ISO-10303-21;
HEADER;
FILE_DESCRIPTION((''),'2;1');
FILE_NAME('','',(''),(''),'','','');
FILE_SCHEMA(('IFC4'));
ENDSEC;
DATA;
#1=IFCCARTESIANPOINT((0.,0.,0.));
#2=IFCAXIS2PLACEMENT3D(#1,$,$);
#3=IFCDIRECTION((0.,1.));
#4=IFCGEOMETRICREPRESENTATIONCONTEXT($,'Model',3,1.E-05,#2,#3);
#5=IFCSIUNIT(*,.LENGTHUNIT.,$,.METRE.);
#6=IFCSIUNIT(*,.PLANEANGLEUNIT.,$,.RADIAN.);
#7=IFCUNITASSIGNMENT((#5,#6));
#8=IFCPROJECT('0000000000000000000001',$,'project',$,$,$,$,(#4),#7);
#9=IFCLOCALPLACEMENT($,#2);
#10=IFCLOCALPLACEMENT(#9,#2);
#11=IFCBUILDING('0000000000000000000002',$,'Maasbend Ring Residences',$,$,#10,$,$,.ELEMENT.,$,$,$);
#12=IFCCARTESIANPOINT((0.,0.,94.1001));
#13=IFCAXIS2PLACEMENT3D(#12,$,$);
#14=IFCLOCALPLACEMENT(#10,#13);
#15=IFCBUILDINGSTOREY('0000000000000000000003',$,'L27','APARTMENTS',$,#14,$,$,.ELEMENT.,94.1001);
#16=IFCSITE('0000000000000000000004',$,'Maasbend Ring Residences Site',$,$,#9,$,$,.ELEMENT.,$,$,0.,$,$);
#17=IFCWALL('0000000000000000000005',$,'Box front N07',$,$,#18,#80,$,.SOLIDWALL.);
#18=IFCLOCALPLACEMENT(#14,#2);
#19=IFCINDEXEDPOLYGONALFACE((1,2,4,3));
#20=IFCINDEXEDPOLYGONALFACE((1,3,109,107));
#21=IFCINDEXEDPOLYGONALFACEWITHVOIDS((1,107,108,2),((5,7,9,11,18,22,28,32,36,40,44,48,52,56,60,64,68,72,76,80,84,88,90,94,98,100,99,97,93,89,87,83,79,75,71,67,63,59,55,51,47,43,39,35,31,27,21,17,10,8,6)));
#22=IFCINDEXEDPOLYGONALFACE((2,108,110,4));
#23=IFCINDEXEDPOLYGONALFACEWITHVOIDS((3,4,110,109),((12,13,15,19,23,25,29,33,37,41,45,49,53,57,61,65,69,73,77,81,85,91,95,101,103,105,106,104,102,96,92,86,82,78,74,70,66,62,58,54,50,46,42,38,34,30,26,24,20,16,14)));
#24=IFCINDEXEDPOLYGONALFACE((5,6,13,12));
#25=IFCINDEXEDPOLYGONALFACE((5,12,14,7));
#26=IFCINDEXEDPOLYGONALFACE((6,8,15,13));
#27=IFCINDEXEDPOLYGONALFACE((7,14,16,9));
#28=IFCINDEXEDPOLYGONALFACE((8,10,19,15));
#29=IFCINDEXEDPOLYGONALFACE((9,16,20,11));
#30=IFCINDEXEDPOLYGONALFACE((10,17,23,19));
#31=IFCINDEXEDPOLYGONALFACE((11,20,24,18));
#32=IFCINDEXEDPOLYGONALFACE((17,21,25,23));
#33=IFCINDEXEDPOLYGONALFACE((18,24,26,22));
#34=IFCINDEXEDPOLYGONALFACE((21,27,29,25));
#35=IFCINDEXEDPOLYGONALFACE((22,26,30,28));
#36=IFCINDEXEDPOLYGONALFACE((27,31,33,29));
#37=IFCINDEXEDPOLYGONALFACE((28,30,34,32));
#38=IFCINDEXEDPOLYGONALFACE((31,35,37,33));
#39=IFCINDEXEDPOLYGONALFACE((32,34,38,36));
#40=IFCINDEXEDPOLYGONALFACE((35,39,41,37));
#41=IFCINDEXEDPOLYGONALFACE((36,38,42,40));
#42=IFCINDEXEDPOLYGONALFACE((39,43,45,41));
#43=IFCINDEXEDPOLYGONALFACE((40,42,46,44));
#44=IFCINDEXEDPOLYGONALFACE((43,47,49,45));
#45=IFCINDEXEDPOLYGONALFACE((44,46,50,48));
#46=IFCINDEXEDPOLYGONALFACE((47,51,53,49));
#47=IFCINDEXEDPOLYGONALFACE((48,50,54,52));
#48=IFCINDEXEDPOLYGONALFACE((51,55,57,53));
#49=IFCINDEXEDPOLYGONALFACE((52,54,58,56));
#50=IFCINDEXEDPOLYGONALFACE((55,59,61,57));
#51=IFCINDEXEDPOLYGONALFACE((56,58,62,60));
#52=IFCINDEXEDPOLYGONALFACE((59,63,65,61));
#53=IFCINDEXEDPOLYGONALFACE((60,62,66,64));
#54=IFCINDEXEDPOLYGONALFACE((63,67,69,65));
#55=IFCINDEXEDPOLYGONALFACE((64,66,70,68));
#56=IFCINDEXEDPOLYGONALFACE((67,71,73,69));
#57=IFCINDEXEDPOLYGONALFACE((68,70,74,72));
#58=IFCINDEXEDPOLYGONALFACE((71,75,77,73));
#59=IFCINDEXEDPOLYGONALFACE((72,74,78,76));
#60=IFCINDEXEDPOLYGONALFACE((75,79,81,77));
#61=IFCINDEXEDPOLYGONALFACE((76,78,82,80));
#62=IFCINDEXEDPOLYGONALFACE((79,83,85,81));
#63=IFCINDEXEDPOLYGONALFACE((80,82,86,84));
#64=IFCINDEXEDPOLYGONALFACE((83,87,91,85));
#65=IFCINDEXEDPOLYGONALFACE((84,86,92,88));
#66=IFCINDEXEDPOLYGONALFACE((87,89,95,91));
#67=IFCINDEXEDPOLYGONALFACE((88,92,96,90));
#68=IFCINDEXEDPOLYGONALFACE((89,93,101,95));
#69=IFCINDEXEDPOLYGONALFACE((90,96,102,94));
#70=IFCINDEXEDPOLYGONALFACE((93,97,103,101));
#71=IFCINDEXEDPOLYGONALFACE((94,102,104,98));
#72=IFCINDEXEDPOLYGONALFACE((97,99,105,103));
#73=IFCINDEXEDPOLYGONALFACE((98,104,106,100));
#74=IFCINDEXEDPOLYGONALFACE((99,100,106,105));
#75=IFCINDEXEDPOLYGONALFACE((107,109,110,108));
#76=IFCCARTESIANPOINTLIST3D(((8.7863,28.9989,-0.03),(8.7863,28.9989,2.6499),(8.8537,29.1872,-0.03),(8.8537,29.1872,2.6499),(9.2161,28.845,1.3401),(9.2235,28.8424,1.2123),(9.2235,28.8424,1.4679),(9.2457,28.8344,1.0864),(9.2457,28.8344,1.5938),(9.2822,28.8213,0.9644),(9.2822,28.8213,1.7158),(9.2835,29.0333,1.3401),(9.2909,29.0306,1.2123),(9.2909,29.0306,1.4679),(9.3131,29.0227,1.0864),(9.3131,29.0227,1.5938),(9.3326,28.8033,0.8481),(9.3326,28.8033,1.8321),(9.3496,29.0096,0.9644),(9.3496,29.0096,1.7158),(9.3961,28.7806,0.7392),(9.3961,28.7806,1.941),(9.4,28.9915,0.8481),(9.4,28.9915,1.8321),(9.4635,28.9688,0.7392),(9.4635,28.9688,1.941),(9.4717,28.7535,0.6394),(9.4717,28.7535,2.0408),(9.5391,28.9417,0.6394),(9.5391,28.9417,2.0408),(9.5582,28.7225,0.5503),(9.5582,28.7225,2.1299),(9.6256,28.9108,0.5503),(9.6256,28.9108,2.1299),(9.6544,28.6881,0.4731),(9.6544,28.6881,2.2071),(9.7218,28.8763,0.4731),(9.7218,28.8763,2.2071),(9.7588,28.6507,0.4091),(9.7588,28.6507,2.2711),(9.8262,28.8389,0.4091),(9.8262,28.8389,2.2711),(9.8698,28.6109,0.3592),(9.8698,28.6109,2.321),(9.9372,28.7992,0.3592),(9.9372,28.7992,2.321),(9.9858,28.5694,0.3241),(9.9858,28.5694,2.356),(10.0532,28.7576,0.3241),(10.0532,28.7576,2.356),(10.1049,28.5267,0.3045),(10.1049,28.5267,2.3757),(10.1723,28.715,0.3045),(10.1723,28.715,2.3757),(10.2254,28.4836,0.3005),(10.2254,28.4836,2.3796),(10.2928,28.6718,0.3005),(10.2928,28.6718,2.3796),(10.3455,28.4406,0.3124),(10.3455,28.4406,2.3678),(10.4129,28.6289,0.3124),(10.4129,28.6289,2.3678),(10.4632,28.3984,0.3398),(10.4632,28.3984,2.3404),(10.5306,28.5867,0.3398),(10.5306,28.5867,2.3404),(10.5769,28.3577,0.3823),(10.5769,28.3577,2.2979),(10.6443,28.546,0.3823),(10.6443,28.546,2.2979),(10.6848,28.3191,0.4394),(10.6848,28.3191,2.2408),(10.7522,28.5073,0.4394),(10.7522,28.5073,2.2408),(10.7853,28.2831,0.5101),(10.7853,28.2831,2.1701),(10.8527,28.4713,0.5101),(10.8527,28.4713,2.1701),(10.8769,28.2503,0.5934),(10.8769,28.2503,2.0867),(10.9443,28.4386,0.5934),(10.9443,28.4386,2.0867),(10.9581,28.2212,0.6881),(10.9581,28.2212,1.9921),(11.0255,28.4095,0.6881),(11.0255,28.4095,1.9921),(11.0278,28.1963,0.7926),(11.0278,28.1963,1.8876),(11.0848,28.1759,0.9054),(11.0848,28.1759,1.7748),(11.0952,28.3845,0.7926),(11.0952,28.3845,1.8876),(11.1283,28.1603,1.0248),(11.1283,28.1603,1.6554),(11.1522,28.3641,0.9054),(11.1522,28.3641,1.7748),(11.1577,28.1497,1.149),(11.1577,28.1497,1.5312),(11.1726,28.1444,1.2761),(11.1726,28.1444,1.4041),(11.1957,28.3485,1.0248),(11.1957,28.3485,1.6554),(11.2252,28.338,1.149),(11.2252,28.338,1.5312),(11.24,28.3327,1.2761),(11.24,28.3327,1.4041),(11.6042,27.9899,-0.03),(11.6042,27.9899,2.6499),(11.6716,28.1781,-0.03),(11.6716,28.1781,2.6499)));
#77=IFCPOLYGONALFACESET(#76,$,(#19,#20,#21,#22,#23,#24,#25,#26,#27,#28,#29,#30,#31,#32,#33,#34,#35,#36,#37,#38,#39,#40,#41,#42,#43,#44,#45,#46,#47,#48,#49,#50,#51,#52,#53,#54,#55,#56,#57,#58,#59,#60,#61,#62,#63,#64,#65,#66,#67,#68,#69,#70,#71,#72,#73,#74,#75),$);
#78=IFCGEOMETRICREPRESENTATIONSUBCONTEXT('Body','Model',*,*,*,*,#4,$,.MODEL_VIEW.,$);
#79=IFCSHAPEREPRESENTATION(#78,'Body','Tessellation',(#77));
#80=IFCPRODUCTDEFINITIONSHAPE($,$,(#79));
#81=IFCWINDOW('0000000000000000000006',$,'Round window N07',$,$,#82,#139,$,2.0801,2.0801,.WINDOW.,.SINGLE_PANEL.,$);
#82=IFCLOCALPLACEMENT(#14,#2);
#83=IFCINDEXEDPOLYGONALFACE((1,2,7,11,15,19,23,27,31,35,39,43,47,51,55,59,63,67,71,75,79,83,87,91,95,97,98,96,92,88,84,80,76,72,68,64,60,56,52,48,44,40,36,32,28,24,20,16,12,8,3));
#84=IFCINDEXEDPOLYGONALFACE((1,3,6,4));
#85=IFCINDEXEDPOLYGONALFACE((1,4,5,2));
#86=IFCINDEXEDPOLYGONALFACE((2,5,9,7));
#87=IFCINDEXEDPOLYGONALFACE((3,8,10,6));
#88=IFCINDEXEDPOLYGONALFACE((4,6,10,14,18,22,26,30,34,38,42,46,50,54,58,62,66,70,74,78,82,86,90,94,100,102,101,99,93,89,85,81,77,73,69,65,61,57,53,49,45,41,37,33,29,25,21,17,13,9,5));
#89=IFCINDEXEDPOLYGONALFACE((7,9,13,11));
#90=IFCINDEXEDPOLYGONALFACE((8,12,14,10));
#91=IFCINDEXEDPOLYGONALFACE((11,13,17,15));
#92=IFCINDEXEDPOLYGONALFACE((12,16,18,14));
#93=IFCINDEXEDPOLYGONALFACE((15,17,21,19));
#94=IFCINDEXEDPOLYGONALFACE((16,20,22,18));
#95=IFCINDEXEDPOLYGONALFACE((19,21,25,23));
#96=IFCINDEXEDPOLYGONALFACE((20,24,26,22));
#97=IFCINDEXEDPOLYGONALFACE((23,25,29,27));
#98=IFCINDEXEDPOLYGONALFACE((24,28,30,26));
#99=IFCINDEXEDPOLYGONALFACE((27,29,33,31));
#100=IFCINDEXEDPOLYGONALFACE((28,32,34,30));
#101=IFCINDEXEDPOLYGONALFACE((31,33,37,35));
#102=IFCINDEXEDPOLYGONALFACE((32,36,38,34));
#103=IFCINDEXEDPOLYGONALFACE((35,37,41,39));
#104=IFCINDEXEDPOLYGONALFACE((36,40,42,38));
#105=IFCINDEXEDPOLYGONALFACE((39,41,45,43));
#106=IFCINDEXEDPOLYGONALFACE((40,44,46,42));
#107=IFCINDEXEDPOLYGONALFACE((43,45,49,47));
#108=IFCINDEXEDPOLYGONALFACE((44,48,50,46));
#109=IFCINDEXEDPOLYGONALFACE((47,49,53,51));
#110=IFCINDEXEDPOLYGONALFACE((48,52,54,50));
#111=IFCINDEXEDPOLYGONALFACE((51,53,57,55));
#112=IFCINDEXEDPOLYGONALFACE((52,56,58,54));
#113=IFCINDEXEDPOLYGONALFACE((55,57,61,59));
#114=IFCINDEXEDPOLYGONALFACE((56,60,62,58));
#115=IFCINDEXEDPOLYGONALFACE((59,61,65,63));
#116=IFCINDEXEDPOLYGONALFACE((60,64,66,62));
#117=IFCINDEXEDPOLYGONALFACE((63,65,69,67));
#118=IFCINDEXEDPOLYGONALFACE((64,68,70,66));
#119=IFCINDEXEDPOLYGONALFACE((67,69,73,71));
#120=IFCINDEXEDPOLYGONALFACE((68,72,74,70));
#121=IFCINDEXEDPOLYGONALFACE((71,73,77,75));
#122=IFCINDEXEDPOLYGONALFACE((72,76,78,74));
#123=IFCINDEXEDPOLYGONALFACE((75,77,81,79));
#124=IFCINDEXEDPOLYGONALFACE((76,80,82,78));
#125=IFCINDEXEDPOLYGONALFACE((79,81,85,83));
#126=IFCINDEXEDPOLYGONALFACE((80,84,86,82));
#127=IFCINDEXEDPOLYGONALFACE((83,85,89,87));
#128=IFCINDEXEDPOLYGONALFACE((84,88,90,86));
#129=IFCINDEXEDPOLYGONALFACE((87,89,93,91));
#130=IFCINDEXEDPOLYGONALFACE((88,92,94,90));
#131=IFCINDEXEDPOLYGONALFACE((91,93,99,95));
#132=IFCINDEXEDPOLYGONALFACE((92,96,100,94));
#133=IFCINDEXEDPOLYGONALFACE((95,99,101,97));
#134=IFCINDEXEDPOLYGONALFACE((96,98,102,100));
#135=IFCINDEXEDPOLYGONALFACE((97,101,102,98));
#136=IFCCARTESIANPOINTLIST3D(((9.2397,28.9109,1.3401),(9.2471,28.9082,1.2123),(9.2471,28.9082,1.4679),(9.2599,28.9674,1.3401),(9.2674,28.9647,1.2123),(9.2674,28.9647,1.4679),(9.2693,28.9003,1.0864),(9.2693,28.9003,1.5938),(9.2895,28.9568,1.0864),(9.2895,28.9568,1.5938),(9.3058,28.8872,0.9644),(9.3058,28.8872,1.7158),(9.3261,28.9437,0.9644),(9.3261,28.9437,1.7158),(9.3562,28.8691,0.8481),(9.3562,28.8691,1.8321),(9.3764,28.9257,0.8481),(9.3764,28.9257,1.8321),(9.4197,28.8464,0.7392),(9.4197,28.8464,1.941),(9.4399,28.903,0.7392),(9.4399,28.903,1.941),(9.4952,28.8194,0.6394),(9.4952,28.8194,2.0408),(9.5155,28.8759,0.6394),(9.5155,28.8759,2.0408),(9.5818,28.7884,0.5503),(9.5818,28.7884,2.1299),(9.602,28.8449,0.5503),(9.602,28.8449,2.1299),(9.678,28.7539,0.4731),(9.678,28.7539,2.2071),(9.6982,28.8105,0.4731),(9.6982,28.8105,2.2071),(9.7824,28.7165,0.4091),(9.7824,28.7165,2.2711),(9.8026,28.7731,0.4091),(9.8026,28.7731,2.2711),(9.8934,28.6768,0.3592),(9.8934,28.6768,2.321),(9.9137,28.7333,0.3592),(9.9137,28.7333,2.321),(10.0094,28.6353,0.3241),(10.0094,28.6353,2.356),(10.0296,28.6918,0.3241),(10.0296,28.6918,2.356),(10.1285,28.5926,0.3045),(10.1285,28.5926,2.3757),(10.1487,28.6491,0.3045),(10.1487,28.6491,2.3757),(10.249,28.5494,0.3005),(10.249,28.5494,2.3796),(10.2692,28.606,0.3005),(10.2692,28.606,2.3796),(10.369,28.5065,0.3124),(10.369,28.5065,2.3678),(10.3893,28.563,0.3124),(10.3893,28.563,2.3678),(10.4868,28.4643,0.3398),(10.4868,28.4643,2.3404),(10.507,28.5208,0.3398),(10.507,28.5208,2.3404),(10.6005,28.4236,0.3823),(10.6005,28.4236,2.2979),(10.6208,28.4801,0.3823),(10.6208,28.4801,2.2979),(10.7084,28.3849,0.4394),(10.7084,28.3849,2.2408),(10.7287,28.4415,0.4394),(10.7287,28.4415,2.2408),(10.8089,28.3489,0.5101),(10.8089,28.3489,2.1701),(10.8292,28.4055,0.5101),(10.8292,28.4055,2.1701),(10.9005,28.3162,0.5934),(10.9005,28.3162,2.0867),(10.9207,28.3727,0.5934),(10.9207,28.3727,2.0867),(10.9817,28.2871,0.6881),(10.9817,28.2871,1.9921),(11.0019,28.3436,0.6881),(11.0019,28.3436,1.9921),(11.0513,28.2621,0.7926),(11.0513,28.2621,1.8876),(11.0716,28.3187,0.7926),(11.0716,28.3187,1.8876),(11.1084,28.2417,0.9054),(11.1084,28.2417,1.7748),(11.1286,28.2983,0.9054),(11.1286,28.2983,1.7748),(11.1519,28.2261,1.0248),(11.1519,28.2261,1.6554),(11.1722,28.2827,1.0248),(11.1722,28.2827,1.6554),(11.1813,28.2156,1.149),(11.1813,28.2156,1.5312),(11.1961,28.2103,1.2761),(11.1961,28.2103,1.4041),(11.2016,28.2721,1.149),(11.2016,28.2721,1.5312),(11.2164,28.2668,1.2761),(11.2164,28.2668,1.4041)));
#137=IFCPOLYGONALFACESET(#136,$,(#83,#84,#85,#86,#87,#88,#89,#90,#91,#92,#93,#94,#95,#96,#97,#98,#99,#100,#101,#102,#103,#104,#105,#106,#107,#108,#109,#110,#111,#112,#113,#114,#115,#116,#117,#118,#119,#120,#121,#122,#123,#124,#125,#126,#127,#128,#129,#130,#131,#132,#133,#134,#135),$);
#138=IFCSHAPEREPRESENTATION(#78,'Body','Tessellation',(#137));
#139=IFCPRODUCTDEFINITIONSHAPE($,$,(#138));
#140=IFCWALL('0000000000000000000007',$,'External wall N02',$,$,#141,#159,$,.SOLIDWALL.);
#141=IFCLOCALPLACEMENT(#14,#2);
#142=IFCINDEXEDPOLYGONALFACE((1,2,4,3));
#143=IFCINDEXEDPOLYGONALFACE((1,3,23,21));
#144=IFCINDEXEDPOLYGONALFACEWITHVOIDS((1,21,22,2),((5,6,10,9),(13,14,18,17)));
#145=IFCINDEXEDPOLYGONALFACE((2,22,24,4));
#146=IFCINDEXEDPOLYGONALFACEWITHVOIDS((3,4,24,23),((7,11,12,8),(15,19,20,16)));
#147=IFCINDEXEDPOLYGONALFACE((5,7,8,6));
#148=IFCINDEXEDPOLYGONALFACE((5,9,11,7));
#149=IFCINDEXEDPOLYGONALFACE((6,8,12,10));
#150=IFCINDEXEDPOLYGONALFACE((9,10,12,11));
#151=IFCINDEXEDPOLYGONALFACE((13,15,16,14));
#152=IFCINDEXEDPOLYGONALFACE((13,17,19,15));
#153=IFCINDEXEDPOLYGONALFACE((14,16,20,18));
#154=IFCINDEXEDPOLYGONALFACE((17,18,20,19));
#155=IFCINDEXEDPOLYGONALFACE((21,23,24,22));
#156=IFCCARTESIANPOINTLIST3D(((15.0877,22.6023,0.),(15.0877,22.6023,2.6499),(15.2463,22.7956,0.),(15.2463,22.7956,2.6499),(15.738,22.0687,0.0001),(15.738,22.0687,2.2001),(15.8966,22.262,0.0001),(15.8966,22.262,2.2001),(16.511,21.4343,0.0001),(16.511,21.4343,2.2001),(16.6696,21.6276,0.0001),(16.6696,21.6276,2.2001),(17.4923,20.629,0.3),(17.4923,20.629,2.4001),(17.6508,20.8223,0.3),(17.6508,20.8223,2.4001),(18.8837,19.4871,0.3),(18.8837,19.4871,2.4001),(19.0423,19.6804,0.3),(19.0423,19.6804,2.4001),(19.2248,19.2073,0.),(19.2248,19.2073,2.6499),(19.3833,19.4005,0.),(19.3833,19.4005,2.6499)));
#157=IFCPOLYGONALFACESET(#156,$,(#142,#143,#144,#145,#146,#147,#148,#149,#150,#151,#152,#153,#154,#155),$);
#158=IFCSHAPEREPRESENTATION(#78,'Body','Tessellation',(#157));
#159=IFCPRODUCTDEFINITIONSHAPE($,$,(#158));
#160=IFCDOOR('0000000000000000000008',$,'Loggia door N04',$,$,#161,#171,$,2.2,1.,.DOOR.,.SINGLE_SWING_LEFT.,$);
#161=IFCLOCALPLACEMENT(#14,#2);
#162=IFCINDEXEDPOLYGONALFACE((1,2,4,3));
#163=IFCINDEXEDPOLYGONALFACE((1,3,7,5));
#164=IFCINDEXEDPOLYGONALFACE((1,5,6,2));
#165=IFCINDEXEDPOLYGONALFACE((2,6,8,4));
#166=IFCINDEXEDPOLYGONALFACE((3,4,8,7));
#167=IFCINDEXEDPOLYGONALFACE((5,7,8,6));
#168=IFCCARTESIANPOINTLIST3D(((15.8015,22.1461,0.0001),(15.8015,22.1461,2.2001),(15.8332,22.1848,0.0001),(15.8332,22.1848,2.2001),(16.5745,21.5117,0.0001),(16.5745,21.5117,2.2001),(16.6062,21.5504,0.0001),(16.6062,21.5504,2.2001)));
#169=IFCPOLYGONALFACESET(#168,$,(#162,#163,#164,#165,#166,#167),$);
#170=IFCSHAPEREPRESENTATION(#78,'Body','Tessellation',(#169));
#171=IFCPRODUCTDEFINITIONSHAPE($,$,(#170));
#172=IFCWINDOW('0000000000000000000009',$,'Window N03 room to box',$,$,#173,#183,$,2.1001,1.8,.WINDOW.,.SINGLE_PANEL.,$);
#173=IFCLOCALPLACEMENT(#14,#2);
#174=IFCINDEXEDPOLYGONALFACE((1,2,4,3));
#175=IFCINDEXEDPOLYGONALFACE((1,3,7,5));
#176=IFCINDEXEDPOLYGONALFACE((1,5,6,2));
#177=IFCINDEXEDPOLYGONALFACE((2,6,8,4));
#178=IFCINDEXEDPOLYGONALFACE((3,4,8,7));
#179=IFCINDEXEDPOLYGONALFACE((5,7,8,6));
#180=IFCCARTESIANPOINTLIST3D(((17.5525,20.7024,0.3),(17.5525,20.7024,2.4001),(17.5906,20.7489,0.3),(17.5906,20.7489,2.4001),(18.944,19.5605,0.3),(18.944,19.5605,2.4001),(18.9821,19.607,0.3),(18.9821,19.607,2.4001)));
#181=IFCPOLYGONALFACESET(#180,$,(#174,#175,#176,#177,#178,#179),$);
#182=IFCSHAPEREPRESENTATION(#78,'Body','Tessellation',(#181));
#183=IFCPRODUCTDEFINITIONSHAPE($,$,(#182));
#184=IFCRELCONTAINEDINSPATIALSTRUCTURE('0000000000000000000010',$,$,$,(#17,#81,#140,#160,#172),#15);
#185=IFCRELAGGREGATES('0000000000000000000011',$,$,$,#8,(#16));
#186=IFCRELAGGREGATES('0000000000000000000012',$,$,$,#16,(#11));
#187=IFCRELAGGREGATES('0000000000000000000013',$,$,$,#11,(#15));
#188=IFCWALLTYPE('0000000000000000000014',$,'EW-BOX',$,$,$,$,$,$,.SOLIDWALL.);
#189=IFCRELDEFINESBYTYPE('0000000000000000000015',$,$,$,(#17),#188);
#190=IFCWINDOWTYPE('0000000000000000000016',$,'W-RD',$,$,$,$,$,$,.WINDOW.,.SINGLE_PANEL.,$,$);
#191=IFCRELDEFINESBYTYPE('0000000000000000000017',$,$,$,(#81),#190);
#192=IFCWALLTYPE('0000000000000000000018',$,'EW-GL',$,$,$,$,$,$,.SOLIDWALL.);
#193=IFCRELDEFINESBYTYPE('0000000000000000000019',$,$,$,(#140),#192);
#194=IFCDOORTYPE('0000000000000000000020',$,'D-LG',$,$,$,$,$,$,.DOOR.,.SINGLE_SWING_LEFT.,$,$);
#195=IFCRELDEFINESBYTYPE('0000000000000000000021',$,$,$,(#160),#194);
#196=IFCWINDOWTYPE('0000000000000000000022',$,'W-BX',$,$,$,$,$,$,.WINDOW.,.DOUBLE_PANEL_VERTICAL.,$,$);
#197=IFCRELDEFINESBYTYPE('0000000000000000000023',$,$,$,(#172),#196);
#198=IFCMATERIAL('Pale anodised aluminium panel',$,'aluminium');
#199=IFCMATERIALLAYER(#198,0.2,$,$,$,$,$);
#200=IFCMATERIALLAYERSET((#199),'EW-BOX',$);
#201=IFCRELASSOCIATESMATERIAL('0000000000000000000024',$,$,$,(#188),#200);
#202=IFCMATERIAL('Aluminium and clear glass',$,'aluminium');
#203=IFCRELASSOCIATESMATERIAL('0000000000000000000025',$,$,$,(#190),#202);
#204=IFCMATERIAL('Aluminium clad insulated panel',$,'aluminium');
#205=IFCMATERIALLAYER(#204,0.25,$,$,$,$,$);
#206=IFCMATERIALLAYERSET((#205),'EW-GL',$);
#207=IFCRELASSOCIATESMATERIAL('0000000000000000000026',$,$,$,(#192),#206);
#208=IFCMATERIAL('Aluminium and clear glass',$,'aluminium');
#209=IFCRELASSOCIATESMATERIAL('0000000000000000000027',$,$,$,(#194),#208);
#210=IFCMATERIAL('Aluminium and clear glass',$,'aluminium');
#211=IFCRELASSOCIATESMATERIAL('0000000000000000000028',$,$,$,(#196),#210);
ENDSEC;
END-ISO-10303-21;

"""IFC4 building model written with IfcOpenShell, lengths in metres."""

from ifc_helpers import new_model, si_unit, direction, frame, frame_2d, origin, place, context, subcontext, project, spatial, rectangle, circle, extrude, material, layer, layer_set, type_object, element, fill, save


model = new_model("IFC4")

# Units and contexts
model_context = context("Model", 3, precision=1e-05, world=origin(), true_north=direction((0.0, 1.0)))
body_context = subcontext(model_context, "Body", "Model", "MODEL_VIEW")
ifc_project = project(units=[si_unit("LENGTHUNIT", "METRE"), si_unit("PLANEANGLEUNIT", "RADIAN")], contexts=[model_context])

# Site, building, storey
site_placement = place(None, origin())
site = spatial("IfcSite", under=ifc_project, at=site_placement, Name="Maasbend Ring Residences Site", CompositionType="ELEMENT", RefElevation=0.0)
building_placement = place(site_placement, origin())
building = spatial("IfcBuilding", under=site, at=building_placement, Name="Maasbend Ring Residences", CompositionType="ELEMENT")
storey_placement = place(building_placement, frame((0.0, 0.0, 94.1001)))
storey = spatial("IfcBuildingStorey", under=building, at=storey_placement, Name="L27", Description="APARTMENTS", CompositionType="ELEMENT", Elevation=94.1001)

# Shared definitions
ifc_material_1 = material(Name="Pale anodised aluminium panel", Category="aluminium")
ifc_layer_1 = layer(ifc_material_1, 0.2)
ifc_layer_set_1 = layer_set([ifc_layer_1], Name="EW-BOX")
wall_type_1 = type_object("IfcWallType", Name="EW-BOX", PredefinedType="SOLIDWALL", material=ifc_layer_set_1)
ifc_material_2 = material(Name="Aluminium and clear glass", Category="aluminium")
window_type_1 = type_object("IfcWindowType", Name="W-RD", PartitioningType="SINGLE_PANEL", PredefinedType="WINDOW", material=ifc_material_2)

# Wall, opening, window
wall_1_placement = place(storey_placement, frame((11.6379, 28.084, -0.03), z_axis=(0.0, 0.0, 1.0), x_axis=(-0.941461, 0.337122, 0.0)))
wall_1 = element("IfcWall", 1, at=wall_1_placement, inside=storey, type_object=wall_type_1, Name="Box front N07", PredefinedType="SOLIDWALL", context=body_context, shape_type="SweptSolid", body=[
    extrude(rectangle(XDim=2.9932, YDim=0.2, at=frame_2d((1.4966, 0.0))), origin(), (0.0, 0.0, 1.0), 2.6799),
])
opening_1_placement = place(wall_1_placement, frame((0.4565, 0.0, 0.3301)))
opening_1 = element("IfcOpeningElement", 2, at=opening_1_placement, cuts=wall_1, PredefinedType="OPENING", context=body_context, shape_type="SweptSolid", body=[
    extrude(circle(Radius=1.04, at=frame_2d((1.04, 1.04))), frame((0.0, 0.1099, 0.0), z_axis=(0.0, -1.0, 0.0), x_axis=(1.0, 0.0, 0.0)), (0.0, 0.0, 1.0), 0.22),
])
window_1_placement = place(opening_1_placement, origin())
window_1 = element("IfcWindow", 3, at=window_1_placement, inside=storey, type_object=window_type_1, Name="Round window N07", OverallHeight=2.0801, OverallWidth=2.0801, PartitioningType="SINGLE_PANEL", PredefinedType="WINDOW", context=body_context, shape_type="SweptSolid", body=[
    extrude(circle(Radius=1.04, at=frame_2d((1.04, 1.04))), frame((0.0, 0.03, 0.0), z_axis=(0.0, -1.0, 0.0), x_axis=(1.0, 0.0, 0.0)), (0.0, 0.0, 1.0), 0.0601),
])
fill(opening_1, window_1)

# Wall, openings, door, window
ifc_material_3 = material(Name="Aluminium clad insulated panel", Category="aluminium")
ifc_layer_2 = layer(ifc_material_3, 0.25)
ifc_layer_set_2 = layer_set([ifc_layer_2], Name="EW-GL")
wall_type_2 = type_object("IfcWallType", Name="EW-GL", PredefinedType="SOLIDWALL", material=ifc_layer_set_2)
wall_2_placement = place(storey_placement, frame((19.304, 19.304, 0.0), z_axis=(0.0, 0.0, 1.0), x_axis=(-0.773019, 0.634382, 0.0)))
wall_2 = element("IfcWall", 4, at=wall_2_placement, inside=storey, type_object=wall_type_2, Name="External wall N02", PredefinedType="SOLIDWALL", context=body_context, shape_type="SweptSolid", body=[
    extrude(rectangle(XDim=5.3518, YDim=0.25, at=frame_2d((2.6758, 0.0))), origin(), (0.0, 0.0, 1.0), 2.6499),
])
opening_2_placement = place(wall_2_placement, frame((0.4412, 0.0, 0.3)))
opening_2 = element("IfcOpeningElement", 5, at=opening_2_placement, cuts=wall_2, PredefinedType="OPENING", context=body_context, shape_type="SweptSolid", body=[
    extrude(rectangle(XDim=1.8, YDim=2.1001, at=frame_2d((0.8999, 1.05))), frame((0.0, 0.135, 0.0), z_axis=(0.0, -1.0, 0.0), x_axis=(1.0, 0.0, 0.0)), (0.0, 0.0, 1.0), 0.27),
])
opening_3_placement = place(wall_2_placement, frame((3.5105, 0.0, 0.0)))
opening_3 = element("IfcOpeningElement", 6, at=opening_3_placement, cuts=wall_2, PredefinedType="OPENING", context=body_context, shape_type="SweptSolid", body=[
    extrude(rectangle(XDim=1.0, YDim=2.2, at=frame_2d((0.5, 1.1001))), frame((0.0, 0.135, 0.0), z_axis=(0.0, -1.0, 0.0), x_axis=(1.0, 0.0, 0.0)), (0.0, 0.0, 1.0), 0.27),
])
ifc_material_4 = material(Name="Aluminium and clear glass", Category="aluminium")
door_type_1 = type_object("IfcDoorType", Name="D-LG", OperationType="SINGLE_SWING_LEFT", PredefinedType="DOOR", material=ifc_material_4)
door_1_placement = place(opening_3_placement, origin())
door_1 = element("IfcDoor", 7, at=door_1_placement, inside=storey, type_object=door_type_1, Name="Loggia door N04", OperationType="SINGLE_SWING_LEFT", OverallHeight=2.2, OverallWidth=1.0, PredefinedType="DOOR", context=body_context, shape_type="SweptSolid", body=[
    extrude(rectangle(XDim=1.0, YDim=2.2, at=frame_2d((0.5, 1.1001))), frame((0.0, 0.0249, 0.0), z_axis=(0.0, -1.0, 0.0), x_axis=(1.0, 0.0, 0.0)), (0.0, 0.0, 1.0), 0.05),
])
fill(opening_3, door_1)
ifc_material_5 = material(Name="Aluminium and clear glass", Category="aluminium")
window_type_2 = type_object("IfcWindowType", Name="W-BX", PartitioningType="DOUBLE_PANEL_VERTICAL", PredefinedType="WINDOW", material=ifc_material_5)
window_2_placement = place(opening_2_placement, origin())
window_2 = element("IfcWindow", 8, at=window_2_placement, inside=storey, type_object=window_type_2, Name="Window N03 room to box", OverallHeight=2.1001, OverallWidth=1.8, PartitioningType="SINGLE_PANEL", PredefinedType="WINDOW", context=body_context, shape_type="SweptSolid", body=[
    extrude(rectangle(XDim=1.8, YDim=2.1001, at=frame_2d((0.8999, 1.05))), frame((0.0, 0.03, 0.0), z_axis=(0.0, -1.0, 0.0), x_axis=(1.0, 0.0, 0.0)), (0.0, 0.0, 1.0), 0.0601),
])
fill(opening_2, window_2)

save(model, "model.ifc")
